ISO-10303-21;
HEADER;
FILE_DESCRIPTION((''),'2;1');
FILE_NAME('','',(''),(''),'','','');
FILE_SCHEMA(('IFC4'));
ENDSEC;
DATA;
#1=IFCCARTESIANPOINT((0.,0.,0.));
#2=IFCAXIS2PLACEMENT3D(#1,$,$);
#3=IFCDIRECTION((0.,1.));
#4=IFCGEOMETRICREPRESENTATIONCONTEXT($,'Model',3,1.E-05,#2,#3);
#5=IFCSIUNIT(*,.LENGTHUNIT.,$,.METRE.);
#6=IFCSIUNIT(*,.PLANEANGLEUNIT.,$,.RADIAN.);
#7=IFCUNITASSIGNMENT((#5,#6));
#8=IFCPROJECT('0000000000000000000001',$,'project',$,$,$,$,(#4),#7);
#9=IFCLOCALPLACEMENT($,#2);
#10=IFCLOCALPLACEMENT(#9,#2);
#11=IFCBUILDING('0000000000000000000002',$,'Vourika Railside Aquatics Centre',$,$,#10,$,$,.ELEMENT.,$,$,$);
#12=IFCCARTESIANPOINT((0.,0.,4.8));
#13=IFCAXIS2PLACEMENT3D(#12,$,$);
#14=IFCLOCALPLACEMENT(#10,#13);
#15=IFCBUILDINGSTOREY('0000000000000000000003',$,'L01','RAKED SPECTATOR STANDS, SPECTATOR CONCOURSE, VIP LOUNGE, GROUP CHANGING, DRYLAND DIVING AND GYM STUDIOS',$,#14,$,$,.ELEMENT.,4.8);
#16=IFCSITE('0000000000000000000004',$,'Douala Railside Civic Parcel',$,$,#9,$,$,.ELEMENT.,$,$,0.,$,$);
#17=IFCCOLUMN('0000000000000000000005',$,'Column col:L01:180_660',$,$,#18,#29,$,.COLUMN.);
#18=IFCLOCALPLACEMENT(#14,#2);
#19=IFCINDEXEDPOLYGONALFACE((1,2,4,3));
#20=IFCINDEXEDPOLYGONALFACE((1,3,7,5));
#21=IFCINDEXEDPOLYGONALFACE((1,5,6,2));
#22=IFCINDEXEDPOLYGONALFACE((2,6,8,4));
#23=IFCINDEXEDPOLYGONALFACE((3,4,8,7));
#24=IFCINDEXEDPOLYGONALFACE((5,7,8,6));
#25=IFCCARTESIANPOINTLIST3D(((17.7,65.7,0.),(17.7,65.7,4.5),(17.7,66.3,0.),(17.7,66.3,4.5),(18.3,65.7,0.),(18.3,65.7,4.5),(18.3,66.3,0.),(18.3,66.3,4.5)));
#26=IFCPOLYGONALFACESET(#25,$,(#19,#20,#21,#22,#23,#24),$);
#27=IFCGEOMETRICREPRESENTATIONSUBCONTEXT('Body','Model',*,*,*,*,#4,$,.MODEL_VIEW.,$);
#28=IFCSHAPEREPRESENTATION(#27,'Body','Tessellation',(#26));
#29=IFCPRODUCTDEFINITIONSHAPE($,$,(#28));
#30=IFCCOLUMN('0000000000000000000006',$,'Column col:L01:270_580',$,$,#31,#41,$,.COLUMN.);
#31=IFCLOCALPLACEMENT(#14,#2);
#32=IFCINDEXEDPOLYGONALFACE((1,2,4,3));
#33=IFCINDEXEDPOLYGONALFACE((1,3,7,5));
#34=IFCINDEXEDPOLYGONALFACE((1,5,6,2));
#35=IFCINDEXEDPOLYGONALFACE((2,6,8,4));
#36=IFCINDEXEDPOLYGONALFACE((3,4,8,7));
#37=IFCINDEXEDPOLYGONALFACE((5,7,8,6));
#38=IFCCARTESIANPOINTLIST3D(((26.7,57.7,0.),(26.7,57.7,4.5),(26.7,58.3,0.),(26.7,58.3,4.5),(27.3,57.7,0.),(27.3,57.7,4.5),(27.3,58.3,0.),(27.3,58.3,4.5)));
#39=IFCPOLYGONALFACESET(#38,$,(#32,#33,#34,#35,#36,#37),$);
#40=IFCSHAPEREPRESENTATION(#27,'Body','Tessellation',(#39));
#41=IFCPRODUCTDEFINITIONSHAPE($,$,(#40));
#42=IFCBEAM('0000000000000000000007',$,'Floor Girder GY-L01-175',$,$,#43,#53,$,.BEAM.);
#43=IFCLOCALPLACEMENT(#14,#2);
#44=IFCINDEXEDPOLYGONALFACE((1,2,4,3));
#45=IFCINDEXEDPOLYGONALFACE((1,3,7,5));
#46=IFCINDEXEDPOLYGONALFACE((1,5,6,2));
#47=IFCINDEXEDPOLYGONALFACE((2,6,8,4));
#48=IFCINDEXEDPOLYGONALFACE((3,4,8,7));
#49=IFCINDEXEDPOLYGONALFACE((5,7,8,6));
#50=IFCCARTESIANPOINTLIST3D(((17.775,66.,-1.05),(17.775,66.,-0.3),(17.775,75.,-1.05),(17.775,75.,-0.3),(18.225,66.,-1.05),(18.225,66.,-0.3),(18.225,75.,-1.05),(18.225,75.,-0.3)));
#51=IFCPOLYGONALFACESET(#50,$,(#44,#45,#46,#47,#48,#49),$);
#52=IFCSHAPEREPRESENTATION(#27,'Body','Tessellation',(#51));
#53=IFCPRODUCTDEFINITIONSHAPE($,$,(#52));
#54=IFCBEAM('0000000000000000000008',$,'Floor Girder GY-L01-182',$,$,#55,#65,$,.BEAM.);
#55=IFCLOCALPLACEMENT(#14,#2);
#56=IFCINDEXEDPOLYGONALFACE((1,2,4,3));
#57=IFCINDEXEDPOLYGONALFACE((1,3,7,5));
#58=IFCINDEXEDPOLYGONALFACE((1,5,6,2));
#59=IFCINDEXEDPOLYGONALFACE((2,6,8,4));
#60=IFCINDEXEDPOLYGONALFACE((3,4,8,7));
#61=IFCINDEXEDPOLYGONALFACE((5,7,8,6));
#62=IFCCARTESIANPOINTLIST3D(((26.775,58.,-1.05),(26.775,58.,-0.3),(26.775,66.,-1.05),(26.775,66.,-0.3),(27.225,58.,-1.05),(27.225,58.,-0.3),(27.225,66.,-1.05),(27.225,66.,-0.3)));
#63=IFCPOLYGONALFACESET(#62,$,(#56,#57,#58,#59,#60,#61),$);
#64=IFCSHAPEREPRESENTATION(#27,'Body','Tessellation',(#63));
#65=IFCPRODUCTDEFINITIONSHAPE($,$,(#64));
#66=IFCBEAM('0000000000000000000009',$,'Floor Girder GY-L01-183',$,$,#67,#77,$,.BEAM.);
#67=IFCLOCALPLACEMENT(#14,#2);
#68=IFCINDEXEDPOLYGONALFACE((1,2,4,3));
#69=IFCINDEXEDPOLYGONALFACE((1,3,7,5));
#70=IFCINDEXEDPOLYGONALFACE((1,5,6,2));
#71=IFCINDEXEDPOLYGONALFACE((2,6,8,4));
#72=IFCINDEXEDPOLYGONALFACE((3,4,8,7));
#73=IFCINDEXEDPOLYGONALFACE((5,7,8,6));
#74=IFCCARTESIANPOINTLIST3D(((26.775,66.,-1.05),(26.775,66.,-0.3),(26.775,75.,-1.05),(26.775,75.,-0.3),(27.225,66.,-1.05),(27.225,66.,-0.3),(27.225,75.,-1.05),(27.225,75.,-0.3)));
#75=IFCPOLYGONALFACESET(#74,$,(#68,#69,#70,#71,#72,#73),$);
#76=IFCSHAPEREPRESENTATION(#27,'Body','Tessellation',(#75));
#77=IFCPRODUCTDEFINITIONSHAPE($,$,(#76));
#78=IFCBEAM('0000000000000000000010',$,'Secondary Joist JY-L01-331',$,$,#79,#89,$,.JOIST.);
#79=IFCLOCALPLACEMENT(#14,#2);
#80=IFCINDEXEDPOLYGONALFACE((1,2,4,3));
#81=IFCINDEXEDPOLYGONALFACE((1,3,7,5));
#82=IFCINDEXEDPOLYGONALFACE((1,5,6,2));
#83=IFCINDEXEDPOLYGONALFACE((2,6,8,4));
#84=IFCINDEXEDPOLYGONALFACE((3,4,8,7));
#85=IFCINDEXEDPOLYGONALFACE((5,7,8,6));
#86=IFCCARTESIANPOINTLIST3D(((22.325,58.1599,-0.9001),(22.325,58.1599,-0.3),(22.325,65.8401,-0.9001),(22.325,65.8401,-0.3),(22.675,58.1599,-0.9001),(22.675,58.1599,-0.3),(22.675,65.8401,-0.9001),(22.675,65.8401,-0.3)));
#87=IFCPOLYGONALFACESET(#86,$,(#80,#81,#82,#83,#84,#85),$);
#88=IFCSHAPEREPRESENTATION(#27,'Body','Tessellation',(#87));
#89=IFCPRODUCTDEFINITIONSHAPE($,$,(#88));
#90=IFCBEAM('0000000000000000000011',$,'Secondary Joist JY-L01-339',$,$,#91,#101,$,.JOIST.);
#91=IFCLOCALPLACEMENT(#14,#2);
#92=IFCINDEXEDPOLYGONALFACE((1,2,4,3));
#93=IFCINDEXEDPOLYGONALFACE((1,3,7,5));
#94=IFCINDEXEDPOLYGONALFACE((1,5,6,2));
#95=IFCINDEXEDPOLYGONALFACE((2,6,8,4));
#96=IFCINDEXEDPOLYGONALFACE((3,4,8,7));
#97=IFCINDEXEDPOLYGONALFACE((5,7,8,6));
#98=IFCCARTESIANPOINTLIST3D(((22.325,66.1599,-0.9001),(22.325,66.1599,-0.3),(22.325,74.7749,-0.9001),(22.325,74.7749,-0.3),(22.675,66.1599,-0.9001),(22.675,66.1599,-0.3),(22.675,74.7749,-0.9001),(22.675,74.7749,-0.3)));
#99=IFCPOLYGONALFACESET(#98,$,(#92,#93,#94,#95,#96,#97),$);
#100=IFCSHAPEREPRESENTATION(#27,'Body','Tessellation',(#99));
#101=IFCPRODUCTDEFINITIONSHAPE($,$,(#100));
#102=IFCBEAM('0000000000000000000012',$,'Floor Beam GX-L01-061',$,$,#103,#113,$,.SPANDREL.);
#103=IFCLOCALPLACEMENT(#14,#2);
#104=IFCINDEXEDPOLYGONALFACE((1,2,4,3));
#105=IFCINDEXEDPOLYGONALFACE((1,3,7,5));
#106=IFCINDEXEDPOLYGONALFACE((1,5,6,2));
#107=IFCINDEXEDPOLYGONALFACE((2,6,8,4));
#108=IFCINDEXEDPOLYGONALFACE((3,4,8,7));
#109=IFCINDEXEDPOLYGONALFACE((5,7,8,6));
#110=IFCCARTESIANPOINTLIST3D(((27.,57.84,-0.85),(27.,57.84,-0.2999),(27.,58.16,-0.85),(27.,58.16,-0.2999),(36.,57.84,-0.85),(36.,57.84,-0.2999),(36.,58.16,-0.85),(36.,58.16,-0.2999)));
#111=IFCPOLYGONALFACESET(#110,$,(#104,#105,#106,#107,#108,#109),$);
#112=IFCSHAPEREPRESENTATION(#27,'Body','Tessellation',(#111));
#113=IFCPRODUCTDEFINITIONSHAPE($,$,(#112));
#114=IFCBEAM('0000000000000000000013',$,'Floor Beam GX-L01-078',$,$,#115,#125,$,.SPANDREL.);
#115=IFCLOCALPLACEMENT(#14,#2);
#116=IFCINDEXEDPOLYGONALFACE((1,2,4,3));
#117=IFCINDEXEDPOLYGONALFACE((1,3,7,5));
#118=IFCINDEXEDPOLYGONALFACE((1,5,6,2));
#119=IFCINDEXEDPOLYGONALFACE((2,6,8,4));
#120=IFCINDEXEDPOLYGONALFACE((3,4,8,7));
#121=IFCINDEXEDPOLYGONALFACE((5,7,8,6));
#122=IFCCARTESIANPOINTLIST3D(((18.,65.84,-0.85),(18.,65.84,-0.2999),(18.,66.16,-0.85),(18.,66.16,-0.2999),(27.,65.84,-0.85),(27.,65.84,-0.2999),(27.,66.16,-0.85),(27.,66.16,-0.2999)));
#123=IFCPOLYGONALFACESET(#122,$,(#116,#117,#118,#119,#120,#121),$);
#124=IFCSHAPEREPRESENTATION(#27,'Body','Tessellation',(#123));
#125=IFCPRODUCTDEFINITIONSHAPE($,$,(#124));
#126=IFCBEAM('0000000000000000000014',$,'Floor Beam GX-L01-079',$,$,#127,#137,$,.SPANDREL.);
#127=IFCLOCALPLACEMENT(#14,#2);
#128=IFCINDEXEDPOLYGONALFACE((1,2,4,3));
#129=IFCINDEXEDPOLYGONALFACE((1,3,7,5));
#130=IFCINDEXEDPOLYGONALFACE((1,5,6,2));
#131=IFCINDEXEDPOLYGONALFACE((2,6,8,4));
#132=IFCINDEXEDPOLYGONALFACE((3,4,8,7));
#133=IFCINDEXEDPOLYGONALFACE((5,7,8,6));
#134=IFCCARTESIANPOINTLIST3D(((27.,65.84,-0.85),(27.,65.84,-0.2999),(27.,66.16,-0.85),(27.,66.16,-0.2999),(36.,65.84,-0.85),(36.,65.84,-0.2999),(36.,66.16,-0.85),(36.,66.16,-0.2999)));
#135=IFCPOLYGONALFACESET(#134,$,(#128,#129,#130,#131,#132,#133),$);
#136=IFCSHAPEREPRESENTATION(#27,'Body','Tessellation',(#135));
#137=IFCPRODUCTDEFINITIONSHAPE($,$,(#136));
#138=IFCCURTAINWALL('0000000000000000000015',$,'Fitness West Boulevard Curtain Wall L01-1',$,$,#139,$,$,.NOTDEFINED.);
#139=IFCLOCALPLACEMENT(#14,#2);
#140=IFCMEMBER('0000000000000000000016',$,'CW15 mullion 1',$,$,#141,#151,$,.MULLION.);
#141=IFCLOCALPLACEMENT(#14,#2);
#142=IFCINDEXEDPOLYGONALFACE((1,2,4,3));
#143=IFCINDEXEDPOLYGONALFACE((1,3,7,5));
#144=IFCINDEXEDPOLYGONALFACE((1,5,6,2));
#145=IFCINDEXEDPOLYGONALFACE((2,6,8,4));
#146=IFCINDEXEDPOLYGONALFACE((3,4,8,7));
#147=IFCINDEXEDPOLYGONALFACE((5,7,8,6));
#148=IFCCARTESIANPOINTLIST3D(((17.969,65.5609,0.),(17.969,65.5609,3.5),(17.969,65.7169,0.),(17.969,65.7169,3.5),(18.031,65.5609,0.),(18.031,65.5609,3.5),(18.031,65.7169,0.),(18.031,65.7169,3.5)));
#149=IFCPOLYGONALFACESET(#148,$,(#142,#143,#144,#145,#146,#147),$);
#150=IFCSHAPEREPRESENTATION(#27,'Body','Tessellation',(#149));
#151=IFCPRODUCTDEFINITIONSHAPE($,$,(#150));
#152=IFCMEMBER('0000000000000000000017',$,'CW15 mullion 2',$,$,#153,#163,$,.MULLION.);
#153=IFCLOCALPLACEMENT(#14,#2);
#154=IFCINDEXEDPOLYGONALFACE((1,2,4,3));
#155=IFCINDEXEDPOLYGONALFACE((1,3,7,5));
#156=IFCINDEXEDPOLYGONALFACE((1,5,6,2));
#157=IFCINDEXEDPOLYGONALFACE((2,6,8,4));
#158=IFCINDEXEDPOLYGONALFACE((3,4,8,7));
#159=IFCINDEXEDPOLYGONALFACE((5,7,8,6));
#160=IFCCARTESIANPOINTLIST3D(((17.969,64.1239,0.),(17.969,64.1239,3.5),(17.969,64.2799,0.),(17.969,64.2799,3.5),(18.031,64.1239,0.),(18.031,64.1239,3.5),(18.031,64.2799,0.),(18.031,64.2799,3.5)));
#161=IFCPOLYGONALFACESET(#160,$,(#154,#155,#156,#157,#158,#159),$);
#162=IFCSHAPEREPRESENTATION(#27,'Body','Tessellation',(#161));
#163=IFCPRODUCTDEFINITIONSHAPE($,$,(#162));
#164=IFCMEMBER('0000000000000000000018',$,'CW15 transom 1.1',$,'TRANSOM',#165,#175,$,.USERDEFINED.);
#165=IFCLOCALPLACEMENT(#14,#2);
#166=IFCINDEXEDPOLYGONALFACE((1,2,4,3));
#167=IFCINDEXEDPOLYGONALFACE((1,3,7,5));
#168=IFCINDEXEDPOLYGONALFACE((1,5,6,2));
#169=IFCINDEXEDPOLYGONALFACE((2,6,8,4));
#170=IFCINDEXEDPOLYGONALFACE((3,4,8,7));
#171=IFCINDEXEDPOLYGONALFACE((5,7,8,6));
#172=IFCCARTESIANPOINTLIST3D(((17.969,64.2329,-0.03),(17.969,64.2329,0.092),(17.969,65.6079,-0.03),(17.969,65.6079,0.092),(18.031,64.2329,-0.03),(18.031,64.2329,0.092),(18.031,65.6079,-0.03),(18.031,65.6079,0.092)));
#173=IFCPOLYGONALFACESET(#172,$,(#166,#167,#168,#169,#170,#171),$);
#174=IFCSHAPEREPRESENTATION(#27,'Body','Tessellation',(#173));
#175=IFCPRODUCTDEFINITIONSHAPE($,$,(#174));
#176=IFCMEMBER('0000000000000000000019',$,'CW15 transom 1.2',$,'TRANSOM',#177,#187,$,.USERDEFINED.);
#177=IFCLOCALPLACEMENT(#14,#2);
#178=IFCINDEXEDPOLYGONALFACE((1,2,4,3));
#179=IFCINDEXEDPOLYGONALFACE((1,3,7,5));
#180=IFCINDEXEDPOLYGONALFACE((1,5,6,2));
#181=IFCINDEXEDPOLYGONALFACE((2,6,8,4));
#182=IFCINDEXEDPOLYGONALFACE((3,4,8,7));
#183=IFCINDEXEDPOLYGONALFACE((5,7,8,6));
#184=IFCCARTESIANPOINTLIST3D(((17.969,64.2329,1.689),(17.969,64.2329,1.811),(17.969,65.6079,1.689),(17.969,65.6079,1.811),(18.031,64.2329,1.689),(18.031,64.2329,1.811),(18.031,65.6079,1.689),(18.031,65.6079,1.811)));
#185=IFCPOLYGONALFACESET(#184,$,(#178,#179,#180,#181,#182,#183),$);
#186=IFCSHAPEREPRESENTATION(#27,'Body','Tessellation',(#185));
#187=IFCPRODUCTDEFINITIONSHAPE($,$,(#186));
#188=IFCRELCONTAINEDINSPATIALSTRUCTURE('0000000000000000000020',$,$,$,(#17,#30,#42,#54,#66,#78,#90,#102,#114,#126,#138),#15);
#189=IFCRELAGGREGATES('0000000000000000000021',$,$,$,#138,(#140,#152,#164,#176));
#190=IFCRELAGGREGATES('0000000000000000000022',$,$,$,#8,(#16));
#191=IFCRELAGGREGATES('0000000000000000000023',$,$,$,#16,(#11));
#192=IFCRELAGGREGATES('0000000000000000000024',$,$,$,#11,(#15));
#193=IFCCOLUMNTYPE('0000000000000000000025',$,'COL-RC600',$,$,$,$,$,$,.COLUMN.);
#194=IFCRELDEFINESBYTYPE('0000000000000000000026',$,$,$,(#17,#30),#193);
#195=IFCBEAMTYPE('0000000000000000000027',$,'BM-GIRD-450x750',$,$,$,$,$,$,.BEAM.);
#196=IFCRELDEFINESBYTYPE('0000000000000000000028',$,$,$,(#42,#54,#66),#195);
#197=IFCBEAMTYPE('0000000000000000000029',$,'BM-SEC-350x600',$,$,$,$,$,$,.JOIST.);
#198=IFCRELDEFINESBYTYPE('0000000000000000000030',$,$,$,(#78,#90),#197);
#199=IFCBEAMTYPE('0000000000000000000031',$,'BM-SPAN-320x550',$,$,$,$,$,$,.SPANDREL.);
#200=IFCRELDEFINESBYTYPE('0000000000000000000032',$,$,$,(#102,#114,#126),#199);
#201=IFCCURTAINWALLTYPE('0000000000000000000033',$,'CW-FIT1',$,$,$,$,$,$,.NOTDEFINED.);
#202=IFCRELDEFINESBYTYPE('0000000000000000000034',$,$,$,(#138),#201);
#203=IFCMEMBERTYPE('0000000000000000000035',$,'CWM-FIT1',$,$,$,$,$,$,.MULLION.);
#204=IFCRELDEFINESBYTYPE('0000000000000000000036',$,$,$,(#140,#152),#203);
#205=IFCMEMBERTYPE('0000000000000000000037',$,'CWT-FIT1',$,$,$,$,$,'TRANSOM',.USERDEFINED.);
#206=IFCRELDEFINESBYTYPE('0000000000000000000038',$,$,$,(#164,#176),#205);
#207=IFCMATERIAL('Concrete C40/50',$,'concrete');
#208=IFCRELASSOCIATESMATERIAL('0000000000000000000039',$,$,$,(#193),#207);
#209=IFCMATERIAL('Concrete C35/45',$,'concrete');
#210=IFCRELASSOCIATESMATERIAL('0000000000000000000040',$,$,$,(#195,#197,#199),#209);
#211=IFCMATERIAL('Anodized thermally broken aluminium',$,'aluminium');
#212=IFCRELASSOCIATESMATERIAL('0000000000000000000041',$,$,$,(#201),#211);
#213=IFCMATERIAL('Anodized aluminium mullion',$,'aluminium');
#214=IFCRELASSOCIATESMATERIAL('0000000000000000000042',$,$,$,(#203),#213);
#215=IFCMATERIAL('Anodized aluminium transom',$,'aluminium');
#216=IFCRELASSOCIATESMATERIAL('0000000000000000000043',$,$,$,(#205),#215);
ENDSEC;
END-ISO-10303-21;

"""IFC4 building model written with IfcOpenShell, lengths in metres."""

from ifc_helpers import new_model, si_unit, direction, frame, origin, origin_2d, place, context, subcontext, project, spatial, rectangle, extrude, material, material_profile, profile_set, type_object, element, aggregate, save


model = new_model("IFC4")

# Units and contexts
model_context = context("Model", 3, precision=1e-05, world=origin(), true_north=direction((0.0, 1.0)))
body_context = subcontext(model_context, "Body", "Model", "MODEL_VIEW")
ifc_project = project(units=[si_unit("LENGTHUNIT", "METRE"), si_unit("PLANEANGLEUNIT", "RADIAN")], contexts=[model_context])

# Site, building, storey
site_placement = place(None, origin())
site = spatial("IfcSite", under=ifc_project, at=site_placement, Name="Douala Railside Civic Parcel", CompositionType="ELEMENT", RefElevation=0.0)
building_placement = place(site_placement, origin())
building = spatial("IfcBuilding", under=site, at=building_placement, Name="Vourika Railside Aquatics Centre", CompositionType="ELEMENT")
storey_placement = place(building_placement, frame((0.0, 0.0, 4.8)))
storey = spatial("IfcBuildingStorey", under=building, at=storey_placement, Name="L01", Description="RAKED SPECTATOR STANDS, SPECTATOR CONCOURSE, VIP LOUNGE, GROUP CHANGING, DRYLAND DIVING AND GYM STUDIOS", CompositionType="ELEMENT", Elevation=4.8)

# Columns
ifc_material_1 = material(Name="Concrete C40/50", Category="concrete")
ifc_material_profile_1 = material_profile(ifc_material_1, rectangle(XDim=0.6001, YDim=0.6001, at=origin_2d()), Name="RC 600x600")
ifc_profile_set_1 = profile_set([ifc_material_profile_1], Name="Concrete C40/50")
column_type = type_object("IfcColumnType", Name="COL-RC600", PredefinedType="COLUMN", material=ifc_profile_set_1)
for number, where, z_axis, x_axis, name in (
    (1, (18.0, 66.0, 0.0), (0.0, 0.0, 1.0), (1.0, 0.0, 0.0), "Column col:L01:180_660"),
    (2, (27.0, 58.0, 0.0), (0.0, 0.0, 1.0), (1.0, 0.0, 0.0), "Column col:L01:270_580"),
):
    element("IfcColumn", number, at=place(storey_placement, frame(where, z_axis=z_axis, x_axis=x_axis)), inside=storey, type_object=column_type, Name=name, PredefinedType="COLUMN", context=body_context, shape_type="SweptSolid", body=[
        extrude(rectangle(XDim=0.6001, YDim=0.6001, at=origin_2d()), origin(), (0.0, 0.0, 1.0), 4.5),
    ])

# Beams
ifc_material_2 = material(Name="Concrete C35/45", Category="concrete")
ifc_material_profile_2 = material_profile(ifc_material_2, rectangle(XDim=0.45, YDim=0.75, at=origin_2d()), Name="RC 450x750")
ifc_profile_set_2 = profile_set([ifc_material_profile_2], Name="Concrete C35/45")
beam_type_1 = type_object("IfcBeamType", Name="BM-GIRD-450x750", PredefinedType="BEAM", material=ifc_profile_set_2)
beam_1_placement = place(storey_placement, frame((18.0, 66.0, -0.675), z_axis=(0.0, 1.0, 0.0), x_axis=(-1.0, 0.0, 0.0)))
element("IfcBeam", 3, at=beam_1_placement, inside=storey, type_object=beam_type_1, Name="Floor Girder GY-L01-175", PredefinedType="BEAM", context=body_context, shape_type="SweptSolid", body=[
    extrude(rectangle(XDim=0.45, YDim=0.75, at=origin_2d()), origin(), (0.0, 0.0, 1.0), 9.0),
])
beam_2_placement = place(storey_placement, frame((27.0, 58.0, -0.675), z_axis=(0.0, 1.0, 0.0), x_axis=(-1.0, 0.0, 0.0)))
element("IfcBeam", 4, at=beam_2_placement, inside=storey, type_object=beam_type_1, Name="Floor Girder GY-L01-182", PredefinedType="BEAM", context=body_context, shape_type="SweptSolid", body=[
    extrude(rectangle(XDim=0.45, YDim=0.75, at=origin_2d()), origin(), (0.0, 0.0, 1.0), 8.0),
])
beam_3_placement = place(storey_placement, frame((27.0, 66.0, -0.675), z_axis=(0.0, 1.0, 0.0), x_axis=(-1.0, 0.0, 0.0)))
element("IfcBeam", 5, at=beam_3_placement, inside=storey, type_object=beam_type_1, Name="Floor Girder GY-L01-183", PredefinedType="BEAM", context=body_context, shape_type="SweptSolid", body=[
    extrude(rectangle(XDim=0.45, YDim=0.75, at=origin_2d()), origin(), (0.0, 0.0, 1.0), 9.0),
])
ifc_material_profile_3 = material_profile(ifc_material_2, rectangle(XDim=0.3501, YDim=0.6001, at=origin_2d()), Name="RC 350x600")
ifc_profile_set_3 = profile_set([ifc_material_profile_3], Name="Concrete C35/45")
beam_type_2 = type_object("IfcBeamType", Name="BM-SEC-350x600", PredefinedType="JOIST", material=ifc_profile_set_3)
beam_4_placement = place(storey_placement, frame((22.5, 58.1599, -0.6001), z_axis=(0.0, 1.0, 0.0), x_axis=(-1.0, 0.0, 0.0)))
element("IfcBeam", 6, at=beam_4_placement, inside=storey, type_object=beam_type_2, Name="Secondary Joist JY-L01-331", PredefinedType="JOIST", context=body_context, shape_type="SweptSolid", body=[
    extrude(rectangle(XDim=0.3501, YDim=0.6001, at=origin_2d()), origin(), (0.0, 0.0, 1.0), 7.6802),
])
beam_5_placement = place(storey_placement, frame((22.5, 66.1599, -0.6001), z_axis=(0.0, 1.0, 0.0), x_axis=(-1.0, 0.0, 0.0)))
element("IfcBeam", 7, at=beam_5_placement, inside=storey, type_object=beam_type_2, Name="Secondary Joist JY-L01-339", PredefinedType="JOIST", context=body_context, shape_type="SweptSolid", body=[
    extrude(rectangle(XDim=0.3501, YDim=0.6001, at=origin_2d()), origin(), (0.0, 0.0, 1.0), 8.615),
])
ifc_material_profile_4 = material_profile(ifc_material_2, rectangle(XDim=0.3201, YDim=0.55, at=origin_2d()), Name="RC 320x550")
ifc_profile_set_4 = profile_set([ifc_material_profile_4], Name="Concrete C35/45")
beam_type_3 = type_object("IfcBeamType", Name="BM-SPAN-320x550", PredefinedType="SPANDREL", material=ifc_profile_set_4)
for number, where, z_axis, x_axis, name in (
    (8, (27.0, 58.0, -0.575), (1.0, 0.0, 0.0), (0.0, 1.0, 0.0), "Floor Beam GX-L01-061"),
    (9, (18.0, 66.0, -0.575), (1.0, 0.0, 0.0), (0.0, 1.0, 0.0), "Floor Beam GX-L01-078"),
    (10, (27.0, 66.0, -0.575), (1.0, 0.0, 0.0), (0.0, 1.0, 0.0), "Floor Beam GX-L01-079"),
):
    element("IfcBeam", number, at=place(storey_placement, frame(where, z_axis=z_axis, x_axis=x_axis)), inside=storey, type_object=beam_type_3, Name=name, PredefinedType="SPANDREL", context=body_context, shape_type="SweptSolid", body=[
        extrude(rectangle(XDim=0.3201, YDim=0.55, at=origin_2d()), origin(), (0.0, 0.0, 1.0), 9.0),
    ])

# Curtain wall, members
ifc_material_3 = material(Name="Anodized thermally broken aluminium", Category="aluminium")
curtain_wall_type = type_object("IfcCurtainWallType", Name="CW-FIT1", PredefinedType="NOTDEFINED", material=ifc_material_3)
curtain_wall_placement = place(storey_placement, origin())
curtain_wall = element("IfcCurtainWall", 11, at=curtain_wall_placement, inside=storey, type_object=curtain_wall_type, Name="Fitness West Boulevard Curtain Wall L01-1", PredefinedType="NOTDEFINED")
ifc_material_4 = material(Name="Anodized aluminium mullion", Category="aluminium")
ifc_material_profile_5 = material_profile(ifc_material_4, rectangle(XDim=0.062, YDim=0.156, at=origin_2d()), Name="ALU-M 62x156")
ifc_profile_set_5 = profile_set([ifc_material_profile_5], Name="Anodized aluminium mullion")
member_type_1 = type_object("IfcMemberType", Name="CWM-FIT1", PredefinedType="MULLION", material=ifc_profile_set_5)
member_1_placement = place(storey_placement, frame((18.0, 65.6389, 0.0), z_axis=(0.0, 0.0, 1.0), x_axis=(1.0, 0.0, 0.0)))
member_1 = element("IfcMember", 12, at=member_1_placement, type_object=member_type_1, Name="CW15 mullion 1", PredefinedType="MULLION", context=body_context, shape_type="SweptSolid", body=[
    extrude(rectangle(XDim=0.062, YDim=0.156, at=origin_2d()), origin(), (0.0, 0.0, 1.0), 3.5),
])
member_2_placement = place(storey_placement, frame((18.0, 64.2019, 0.0), z_axis=(0.0, 0.0, 1.0), x_axis=(1.0, 0.0, 0.0)))
member_2 = element("IfcMember", 13, at=member_2_placement, type_object=member_type_1, Name="CW15 mullion 2", PredefinedType="MULLION", context=body_context, shape_type="SweptSolid", body=[
    extrude(rectangle(XDim=0.062, YDim=0.156, at=origin_2d()), origin(), (0.0, 0.0, 1.0), 3.5),
])
ifc_material_5 = material(Name="Anodized aluminium transom", Category="aluminium")
ifc_material_profile_6 = material_profile(ifc_material_5, rectangle(XDim=0.062, YDim=0.1221, at=origin_2d()), Name="ALU-T 62x122")
ifc_profile_set_6 = profile_set([ifc_material_profile_6], Name="Anodized aluminium transom")
member_type_2 = type_object("IfcMemberType", Name="CWT-FIT1", ElementType="TRANSOM", PredefinedType="USERDEFINED", material=ifc_profile_set_6)
member_3_placement = place(storey_placement, frame((18.0, 65.6079, 0.031), z_axis=(0.0, -1.0, 0.0), x_axis=(1.0, 0.0, 0.0)))
member_3 = element("IfcMember", 14, at=member_3_placement, type_object=member_type_2, Name="CW15 transom 1.1", ObjectType="TRANSOM", PredefinedType="USERDEFINED", context=body_context, shape_type="SweptSolid", body=[
    extrude(rectangle(XDim=0.062, YDim=0.1221, at=origin_2d()), origin(), (0.0, 0.0, 1.0), 1.375),
])
member_4_placement = place(storey_placement, frame((18.0, 65.6079, 1.75), z_axis=(0.0, -1.0, 0.0), x_axis=(1.0, 0.0, 0.0)))
member_4 = element("IfcMember", 15, at=member_4_placement, type_object=member_type_2, Name="CW15 transom 1.2", ObjectType="TRANSOM", PredefinedType="USERDEFINED", context=body_context, shape_type="SweptSolid", body=[
    extrude(rectangle(XDim=0.062, YDim=0.1221, at=origin_2d()), origin(), (0.0, 0.0, 1.0), 1.375),
])
aggregate(curtain_wall, [member_1, member_2, member_3, member_4])

save(model, "model.ifc")
